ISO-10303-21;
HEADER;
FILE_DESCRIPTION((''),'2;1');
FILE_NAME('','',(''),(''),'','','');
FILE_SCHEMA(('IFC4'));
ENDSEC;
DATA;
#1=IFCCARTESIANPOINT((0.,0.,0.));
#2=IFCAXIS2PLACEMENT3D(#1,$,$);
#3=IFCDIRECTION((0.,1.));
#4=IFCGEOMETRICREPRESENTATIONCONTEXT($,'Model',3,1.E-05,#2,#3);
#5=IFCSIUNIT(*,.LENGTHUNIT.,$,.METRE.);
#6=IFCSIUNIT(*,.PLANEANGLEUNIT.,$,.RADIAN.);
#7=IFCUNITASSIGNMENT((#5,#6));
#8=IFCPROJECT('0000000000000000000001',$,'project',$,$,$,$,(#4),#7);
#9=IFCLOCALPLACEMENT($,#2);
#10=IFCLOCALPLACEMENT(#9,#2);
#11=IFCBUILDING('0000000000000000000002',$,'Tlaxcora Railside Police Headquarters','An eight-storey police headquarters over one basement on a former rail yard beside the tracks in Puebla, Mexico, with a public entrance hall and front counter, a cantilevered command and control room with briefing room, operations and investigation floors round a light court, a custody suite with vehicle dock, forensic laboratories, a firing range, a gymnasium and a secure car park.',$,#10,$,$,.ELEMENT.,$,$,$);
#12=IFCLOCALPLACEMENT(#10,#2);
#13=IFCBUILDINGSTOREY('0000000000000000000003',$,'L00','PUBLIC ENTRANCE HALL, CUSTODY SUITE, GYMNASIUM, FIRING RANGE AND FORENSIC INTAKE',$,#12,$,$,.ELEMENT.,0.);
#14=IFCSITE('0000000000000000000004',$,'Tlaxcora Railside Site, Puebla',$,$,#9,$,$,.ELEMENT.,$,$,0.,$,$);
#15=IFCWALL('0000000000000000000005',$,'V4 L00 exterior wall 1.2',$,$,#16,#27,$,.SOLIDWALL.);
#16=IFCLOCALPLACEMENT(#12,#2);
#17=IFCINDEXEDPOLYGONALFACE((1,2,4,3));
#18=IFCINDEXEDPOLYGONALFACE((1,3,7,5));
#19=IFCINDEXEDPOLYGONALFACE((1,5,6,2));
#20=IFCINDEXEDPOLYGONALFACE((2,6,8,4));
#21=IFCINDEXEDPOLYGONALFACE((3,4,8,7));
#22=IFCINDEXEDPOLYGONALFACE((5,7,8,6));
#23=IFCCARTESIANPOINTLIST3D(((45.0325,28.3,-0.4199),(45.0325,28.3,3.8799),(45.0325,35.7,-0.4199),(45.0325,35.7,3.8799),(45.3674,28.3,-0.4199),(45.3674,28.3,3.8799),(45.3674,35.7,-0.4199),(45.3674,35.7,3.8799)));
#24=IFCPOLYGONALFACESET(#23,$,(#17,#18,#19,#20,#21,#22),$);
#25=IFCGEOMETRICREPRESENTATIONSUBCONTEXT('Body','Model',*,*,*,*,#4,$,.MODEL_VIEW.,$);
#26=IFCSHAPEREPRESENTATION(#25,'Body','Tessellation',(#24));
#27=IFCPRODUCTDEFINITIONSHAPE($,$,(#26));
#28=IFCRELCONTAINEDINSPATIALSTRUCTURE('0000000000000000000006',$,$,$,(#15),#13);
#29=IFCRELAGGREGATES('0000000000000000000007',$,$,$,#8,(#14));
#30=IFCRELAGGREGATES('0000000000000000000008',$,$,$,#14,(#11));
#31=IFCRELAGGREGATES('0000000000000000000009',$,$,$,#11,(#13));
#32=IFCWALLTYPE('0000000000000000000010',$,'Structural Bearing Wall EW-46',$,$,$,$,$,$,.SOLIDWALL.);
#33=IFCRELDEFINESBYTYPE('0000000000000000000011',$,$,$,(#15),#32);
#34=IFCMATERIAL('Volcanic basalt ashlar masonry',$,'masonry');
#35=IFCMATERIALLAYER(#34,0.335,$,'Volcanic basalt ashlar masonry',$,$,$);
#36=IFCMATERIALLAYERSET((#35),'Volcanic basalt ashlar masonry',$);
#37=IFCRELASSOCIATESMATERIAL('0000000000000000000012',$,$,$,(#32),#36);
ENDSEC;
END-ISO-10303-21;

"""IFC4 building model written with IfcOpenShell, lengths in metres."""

from ifc_helpers import new_model, si_unit, direction, frame, frame_2d, origin, place, context, subcontext, project, spatial, rectangle, extrude, material, layer, layer_set, type_object, element, save


model = new_model("IFC4")

# Units and contexts
model_context = context("Model", 3, precision=1e-05, world=origin(), true_north=direction((0.0, 1.0)))
body_context = subcontext(model_context, "Body", "Model", "MODEL_VIEW")
ifc_project = project(units=[si_unit("LENGTHUNIT", "METRE"), si_unit("PLANEANGLEUNIT", "RADIAN")], contexts=[model_context])

# Site, building, storey
site_placement = place(None, origin())
site = spatial("IfcSite", under=ifc_project, at=site_placement, Name="Tlaxcora Railside Site, Puebla", CompositionType="ELEMENT", RefElevation=0.0)
building_placement = place(site_placement, origin())
building = spatial("IfcBuilding", under=site, at=building_placement, Name="Tlaxcora Railside Police Headquarters", Description="An eight-storey police headquarters over one basement on a former rail yard beside the tracks in Puebla, Mexico, with a public entrance hall and front counter, a cantilevered command and control room with briefing room, operations and investigation floors round a light court, a custody suite with vehicle dock, forensic laboratories, a firing range, a gymnasium and a secure car park.", CompositionType="ELEMENT")
storey_placement = place(building_placement, origin())
storey = spatial("IfcBuildingStorey", under=building, at=storey_placement, Name="L00", Description="PUBLIC ENTRANCE HALL, CUSTODY SUITE, GYMNASIUM, FIRING RANGE AND FORENSIC INTAKE", CompositionType="ELEMENT", Elevation=0.0)

# Wall
ifc_material_1 = material(Name="Volcanic basalt ashlar masonry", Category="masonry")
ifc_layer_1 = layer(ifc_material_1, 0.335, Name="Volcanic basalt ashlar masonry")
ifc_layer_set_1 = layer_set([ifc_layer_1], Name="Volcanic basalt ashlar masonry")
wall_type = type_object("IfcWallType", Name="Structural Bearing Wall EW-46", PredefinedType="SOLIDWALL", material=ifc_layer_set_1)
for number, where, z_axis, x_axis, name in (
    (1, (45.2, 28.3, -0.4199), (0.0, 0.0, 1.0), (0.0, 1.0, 0.0), "V4 L00 exterior wall 1.2"),
):
    element("IfcWall", number, at=place(storey_placement, frame(where, z_axis=z_axis, x_axis=x_axis)), inside=storey, type_object=wall_type, Name=name, PredefinedType="SOLIDWALL", context=body_context, shape_type="SweptSolid", body=[
        extrude(rectangle(XDim=7.3999, YDim=0.335, at=frame_2d((3.7, 0.0))), origin(), (0.0, 0.0, 1.0), 4.2998),
    ])

save(model, "model.ifc")
